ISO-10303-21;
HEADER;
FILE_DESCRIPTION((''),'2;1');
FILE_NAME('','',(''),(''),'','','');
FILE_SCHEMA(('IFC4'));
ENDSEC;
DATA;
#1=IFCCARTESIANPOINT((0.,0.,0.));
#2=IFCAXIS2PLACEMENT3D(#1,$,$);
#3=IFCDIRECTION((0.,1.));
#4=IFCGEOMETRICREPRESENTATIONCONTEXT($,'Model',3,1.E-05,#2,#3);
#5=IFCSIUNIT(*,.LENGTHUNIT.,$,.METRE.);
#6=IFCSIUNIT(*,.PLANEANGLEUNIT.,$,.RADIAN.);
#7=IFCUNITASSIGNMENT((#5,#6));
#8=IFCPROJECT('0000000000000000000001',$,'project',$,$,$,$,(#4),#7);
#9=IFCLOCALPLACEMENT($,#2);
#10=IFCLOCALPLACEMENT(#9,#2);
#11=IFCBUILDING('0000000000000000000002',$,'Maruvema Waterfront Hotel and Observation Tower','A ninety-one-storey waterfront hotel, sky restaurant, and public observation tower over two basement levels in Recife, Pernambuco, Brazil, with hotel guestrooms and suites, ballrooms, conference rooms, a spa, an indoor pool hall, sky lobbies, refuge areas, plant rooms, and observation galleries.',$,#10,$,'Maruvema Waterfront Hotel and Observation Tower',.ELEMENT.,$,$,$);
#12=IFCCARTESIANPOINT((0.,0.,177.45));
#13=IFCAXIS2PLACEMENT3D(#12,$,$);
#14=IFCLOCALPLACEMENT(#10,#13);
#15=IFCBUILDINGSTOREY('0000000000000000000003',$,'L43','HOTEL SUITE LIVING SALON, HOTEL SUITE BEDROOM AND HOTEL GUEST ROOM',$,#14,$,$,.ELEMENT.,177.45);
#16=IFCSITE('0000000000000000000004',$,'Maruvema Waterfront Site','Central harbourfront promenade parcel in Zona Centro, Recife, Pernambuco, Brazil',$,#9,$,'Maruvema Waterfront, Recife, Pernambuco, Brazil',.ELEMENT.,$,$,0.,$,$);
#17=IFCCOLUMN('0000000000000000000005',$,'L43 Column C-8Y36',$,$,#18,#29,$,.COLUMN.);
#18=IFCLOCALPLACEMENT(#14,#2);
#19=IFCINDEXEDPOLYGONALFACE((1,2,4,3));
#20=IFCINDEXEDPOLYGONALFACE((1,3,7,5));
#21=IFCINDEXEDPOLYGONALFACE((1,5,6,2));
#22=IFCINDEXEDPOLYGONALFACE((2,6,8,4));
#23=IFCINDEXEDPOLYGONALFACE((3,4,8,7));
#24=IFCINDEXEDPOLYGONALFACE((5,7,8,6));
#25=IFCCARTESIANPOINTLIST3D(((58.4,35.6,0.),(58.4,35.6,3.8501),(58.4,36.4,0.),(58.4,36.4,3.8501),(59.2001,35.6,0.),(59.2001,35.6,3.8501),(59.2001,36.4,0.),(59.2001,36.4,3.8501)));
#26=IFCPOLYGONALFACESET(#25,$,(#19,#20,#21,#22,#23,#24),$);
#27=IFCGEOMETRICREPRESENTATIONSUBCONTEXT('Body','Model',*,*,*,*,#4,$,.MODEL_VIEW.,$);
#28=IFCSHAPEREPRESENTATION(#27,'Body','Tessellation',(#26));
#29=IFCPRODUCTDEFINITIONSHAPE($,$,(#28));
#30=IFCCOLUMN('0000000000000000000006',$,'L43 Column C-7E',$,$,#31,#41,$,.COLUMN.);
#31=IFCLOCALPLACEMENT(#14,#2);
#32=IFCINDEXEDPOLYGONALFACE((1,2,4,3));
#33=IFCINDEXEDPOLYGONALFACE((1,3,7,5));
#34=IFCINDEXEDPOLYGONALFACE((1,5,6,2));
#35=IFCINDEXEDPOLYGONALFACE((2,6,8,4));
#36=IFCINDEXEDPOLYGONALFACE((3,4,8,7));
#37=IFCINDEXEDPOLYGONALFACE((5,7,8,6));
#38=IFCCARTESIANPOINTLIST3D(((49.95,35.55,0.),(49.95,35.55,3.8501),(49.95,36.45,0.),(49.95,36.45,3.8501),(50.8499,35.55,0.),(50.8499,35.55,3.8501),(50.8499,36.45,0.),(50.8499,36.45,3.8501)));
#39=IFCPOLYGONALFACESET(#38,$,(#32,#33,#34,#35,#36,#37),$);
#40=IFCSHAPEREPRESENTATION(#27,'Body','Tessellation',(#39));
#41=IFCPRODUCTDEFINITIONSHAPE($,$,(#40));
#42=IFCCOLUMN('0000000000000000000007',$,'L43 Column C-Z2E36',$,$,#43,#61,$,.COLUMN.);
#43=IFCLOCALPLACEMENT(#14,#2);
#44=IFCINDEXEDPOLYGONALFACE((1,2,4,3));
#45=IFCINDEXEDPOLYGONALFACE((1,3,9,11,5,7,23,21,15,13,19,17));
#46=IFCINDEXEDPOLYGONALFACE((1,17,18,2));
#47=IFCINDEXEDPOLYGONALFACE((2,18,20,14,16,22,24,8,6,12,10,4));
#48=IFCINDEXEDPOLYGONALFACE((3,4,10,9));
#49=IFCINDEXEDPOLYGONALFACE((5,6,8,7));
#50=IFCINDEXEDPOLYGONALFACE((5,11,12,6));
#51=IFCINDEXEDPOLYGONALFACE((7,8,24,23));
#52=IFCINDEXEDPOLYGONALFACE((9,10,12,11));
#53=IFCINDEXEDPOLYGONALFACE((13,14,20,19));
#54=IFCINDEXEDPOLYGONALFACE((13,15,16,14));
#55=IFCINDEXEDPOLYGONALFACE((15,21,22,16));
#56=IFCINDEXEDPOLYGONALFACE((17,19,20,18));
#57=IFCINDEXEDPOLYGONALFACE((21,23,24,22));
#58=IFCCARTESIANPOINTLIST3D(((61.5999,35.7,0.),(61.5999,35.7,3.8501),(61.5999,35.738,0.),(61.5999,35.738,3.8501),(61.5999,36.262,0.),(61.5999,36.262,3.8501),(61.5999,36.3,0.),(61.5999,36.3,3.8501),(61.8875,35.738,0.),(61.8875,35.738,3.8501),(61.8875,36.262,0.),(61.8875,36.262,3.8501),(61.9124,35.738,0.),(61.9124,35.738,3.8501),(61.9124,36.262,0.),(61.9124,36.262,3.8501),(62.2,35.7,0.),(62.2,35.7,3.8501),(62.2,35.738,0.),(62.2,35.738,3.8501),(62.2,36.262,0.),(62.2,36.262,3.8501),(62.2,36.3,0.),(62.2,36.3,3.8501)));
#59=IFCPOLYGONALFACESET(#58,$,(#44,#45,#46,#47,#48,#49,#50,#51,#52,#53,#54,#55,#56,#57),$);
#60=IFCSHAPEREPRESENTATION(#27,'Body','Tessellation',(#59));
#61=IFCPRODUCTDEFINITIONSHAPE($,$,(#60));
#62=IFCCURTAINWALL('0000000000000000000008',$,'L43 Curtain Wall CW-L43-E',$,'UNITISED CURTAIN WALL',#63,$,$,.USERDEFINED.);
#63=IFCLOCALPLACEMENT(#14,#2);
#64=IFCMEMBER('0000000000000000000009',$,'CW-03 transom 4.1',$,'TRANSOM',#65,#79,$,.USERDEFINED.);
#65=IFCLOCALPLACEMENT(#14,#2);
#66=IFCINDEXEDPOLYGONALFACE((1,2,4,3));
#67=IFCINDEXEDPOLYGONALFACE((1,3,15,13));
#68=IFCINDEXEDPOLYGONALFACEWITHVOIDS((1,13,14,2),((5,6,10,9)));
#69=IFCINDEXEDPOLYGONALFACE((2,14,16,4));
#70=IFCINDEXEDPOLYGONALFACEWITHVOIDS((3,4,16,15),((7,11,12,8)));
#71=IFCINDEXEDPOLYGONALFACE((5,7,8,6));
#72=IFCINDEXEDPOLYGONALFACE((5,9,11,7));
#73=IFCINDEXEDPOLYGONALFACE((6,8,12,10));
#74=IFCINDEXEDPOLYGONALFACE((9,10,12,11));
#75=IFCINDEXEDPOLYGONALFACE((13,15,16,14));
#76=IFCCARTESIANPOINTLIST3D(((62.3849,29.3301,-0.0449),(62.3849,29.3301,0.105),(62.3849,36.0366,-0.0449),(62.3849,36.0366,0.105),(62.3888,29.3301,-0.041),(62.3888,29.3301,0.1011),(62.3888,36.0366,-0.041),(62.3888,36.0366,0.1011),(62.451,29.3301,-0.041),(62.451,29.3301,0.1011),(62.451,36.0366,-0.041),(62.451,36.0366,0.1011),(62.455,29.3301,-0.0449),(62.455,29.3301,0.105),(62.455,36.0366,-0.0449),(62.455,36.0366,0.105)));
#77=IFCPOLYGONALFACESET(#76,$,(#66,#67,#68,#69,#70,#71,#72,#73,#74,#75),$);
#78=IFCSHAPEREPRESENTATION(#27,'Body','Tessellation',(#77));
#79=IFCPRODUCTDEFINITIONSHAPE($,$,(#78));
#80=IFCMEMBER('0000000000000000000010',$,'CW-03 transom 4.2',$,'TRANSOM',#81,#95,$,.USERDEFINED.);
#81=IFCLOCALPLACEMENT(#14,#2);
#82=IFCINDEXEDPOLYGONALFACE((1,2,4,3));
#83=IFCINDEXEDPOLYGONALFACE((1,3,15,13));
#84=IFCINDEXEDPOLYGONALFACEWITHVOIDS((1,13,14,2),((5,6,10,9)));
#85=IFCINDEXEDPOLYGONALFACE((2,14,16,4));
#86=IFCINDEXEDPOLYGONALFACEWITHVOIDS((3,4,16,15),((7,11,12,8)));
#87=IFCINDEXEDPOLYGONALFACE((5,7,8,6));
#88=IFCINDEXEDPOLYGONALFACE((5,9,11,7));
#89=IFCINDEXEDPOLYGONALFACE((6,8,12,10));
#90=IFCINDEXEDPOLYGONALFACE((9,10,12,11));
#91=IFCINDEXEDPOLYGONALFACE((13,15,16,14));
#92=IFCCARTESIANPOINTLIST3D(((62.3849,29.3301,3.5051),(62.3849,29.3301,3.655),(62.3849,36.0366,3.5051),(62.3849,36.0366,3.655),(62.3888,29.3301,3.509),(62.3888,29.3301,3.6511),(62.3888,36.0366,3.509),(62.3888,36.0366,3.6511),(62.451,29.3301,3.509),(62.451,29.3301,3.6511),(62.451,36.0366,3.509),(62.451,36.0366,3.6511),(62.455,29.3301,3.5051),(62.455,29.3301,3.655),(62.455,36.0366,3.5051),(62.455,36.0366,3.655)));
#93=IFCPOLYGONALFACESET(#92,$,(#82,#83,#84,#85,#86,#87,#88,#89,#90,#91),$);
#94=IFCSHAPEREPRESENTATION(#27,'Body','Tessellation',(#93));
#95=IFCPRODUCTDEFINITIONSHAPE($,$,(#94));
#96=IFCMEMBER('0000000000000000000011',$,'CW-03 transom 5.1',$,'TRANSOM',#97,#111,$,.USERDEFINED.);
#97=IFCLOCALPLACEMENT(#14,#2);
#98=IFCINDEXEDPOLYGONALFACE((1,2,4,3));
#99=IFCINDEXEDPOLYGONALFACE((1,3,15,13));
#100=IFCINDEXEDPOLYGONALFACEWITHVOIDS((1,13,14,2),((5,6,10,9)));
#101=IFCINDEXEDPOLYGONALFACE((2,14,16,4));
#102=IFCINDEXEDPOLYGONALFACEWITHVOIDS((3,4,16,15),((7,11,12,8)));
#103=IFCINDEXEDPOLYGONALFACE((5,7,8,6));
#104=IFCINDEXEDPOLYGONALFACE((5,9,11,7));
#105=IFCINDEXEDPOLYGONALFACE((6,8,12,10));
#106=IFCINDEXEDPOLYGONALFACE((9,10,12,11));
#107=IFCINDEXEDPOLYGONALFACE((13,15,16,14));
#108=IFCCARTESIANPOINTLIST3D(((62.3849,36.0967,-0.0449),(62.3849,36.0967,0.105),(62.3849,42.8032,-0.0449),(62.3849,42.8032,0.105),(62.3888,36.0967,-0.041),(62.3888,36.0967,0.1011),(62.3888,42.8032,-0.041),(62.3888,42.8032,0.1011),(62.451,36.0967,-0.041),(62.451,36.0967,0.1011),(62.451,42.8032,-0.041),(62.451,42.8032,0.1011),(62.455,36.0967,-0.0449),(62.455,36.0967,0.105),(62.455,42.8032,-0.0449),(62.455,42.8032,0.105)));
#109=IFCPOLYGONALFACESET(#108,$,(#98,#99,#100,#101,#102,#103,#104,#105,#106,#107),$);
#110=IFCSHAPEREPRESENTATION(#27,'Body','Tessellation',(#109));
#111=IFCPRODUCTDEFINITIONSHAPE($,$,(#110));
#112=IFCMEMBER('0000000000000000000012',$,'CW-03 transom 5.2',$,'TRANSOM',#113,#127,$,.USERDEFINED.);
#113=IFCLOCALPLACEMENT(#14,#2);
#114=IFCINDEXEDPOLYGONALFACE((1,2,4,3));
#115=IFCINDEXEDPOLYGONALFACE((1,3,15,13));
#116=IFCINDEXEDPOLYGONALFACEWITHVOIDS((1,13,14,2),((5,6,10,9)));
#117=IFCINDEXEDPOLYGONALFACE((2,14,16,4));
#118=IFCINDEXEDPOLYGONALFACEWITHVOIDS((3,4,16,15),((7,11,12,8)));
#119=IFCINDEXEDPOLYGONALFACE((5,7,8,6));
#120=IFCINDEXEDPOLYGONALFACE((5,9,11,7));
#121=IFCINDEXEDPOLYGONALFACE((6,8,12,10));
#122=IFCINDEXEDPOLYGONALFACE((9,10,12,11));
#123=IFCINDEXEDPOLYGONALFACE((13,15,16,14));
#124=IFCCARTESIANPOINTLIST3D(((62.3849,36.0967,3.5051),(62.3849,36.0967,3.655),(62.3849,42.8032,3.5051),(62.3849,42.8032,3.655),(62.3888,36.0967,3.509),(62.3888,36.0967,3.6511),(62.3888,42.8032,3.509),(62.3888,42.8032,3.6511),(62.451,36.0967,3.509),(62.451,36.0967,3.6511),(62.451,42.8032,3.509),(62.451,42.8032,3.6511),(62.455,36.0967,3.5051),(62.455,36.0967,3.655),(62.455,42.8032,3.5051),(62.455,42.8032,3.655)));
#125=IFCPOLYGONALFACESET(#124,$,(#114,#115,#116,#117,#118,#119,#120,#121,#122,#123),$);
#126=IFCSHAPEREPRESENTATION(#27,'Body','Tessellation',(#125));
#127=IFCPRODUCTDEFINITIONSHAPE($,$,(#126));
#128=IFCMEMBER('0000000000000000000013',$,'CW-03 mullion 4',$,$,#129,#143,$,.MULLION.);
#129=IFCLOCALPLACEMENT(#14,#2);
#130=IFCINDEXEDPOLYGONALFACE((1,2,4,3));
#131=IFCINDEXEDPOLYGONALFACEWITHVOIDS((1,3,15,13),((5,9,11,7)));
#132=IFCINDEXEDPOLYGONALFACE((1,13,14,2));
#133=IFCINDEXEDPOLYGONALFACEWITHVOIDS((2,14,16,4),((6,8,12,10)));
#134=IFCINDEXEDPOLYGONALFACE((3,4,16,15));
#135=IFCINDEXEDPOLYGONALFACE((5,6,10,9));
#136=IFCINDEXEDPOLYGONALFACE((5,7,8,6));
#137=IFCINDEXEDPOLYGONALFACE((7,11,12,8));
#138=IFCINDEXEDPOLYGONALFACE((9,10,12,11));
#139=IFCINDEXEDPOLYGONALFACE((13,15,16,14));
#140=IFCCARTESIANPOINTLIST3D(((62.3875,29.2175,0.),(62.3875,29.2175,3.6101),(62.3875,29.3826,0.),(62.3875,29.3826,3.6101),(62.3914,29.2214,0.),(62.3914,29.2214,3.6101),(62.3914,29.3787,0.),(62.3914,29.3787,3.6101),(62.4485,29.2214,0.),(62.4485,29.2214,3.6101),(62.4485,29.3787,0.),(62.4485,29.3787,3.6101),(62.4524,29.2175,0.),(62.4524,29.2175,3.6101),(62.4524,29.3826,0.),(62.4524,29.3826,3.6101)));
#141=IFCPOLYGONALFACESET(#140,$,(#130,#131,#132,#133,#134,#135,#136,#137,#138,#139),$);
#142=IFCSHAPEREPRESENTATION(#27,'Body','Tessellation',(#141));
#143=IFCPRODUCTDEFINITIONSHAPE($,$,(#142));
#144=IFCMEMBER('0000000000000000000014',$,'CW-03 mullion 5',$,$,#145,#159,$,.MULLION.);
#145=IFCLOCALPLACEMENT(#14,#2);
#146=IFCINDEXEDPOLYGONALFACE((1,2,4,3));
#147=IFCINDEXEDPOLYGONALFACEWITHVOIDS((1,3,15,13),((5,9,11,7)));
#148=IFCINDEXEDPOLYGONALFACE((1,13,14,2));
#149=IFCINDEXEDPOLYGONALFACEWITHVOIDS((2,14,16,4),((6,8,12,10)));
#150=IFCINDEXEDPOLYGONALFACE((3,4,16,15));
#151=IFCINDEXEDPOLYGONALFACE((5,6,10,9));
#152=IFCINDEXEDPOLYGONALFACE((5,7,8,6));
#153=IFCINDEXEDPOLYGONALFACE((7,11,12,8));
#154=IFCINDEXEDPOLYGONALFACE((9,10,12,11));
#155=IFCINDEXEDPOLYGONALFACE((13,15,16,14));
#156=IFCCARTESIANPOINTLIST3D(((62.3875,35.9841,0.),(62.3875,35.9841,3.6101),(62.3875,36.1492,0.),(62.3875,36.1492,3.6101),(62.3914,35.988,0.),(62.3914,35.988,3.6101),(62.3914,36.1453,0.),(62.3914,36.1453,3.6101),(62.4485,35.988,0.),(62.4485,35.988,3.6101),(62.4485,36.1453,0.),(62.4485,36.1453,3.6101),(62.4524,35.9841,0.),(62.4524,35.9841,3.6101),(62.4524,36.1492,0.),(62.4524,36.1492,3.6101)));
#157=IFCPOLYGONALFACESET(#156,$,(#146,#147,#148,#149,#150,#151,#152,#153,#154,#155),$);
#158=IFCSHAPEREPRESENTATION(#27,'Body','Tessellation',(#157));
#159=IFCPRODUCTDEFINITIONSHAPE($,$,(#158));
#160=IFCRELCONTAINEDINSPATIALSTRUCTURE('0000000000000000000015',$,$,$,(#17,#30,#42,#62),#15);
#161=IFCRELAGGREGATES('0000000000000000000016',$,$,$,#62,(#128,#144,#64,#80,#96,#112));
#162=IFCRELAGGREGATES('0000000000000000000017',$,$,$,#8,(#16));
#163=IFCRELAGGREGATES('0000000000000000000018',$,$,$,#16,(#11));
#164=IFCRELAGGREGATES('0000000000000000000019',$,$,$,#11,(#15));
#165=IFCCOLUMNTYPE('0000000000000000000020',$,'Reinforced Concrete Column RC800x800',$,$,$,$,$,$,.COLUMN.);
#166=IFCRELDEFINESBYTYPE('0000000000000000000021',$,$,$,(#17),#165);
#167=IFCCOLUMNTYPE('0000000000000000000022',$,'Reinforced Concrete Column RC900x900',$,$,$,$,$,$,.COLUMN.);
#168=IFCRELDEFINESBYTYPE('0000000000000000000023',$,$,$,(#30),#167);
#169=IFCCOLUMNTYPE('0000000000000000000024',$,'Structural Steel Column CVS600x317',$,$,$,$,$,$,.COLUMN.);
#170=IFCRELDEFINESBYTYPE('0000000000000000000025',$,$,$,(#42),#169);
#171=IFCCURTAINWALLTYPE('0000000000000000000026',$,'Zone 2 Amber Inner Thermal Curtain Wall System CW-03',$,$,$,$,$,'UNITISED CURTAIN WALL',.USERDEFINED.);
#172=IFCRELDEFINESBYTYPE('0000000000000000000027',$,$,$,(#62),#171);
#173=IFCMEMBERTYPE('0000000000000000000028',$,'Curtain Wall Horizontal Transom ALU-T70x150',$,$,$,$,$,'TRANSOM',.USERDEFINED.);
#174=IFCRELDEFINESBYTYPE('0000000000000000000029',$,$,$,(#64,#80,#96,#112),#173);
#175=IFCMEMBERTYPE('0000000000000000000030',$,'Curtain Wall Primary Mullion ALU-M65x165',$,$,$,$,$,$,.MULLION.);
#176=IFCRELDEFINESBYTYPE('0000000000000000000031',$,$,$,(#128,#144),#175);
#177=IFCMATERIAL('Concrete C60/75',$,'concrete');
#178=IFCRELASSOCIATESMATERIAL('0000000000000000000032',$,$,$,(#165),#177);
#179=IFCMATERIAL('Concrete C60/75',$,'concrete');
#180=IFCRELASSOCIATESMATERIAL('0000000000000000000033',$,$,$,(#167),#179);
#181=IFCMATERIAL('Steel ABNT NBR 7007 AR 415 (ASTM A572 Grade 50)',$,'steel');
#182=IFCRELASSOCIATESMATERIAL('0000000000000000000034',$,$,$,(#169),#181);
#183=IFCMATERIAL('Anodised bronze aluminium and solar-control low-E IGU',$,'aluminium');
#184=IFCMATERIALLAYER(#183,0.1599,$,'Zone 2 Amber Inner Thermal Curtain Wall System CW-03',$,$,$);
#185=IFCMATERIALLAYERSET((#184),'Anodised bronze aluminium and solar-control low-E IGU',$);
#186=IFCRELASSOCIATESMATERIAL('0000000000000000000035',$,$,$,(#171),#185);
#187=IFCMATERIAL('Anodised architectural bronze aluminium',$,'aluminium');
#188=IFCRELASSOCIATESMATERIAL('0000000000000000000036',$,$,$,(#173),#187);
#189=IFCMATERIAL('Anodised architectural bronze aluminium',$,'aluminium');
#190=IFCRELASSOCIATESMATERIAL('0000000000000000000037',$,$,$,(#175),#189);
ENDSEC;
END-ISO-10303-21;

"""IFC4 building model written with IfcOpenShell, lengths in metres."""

from ifc_helpers import new_model, si_unit, direction, frame, origin, origin_2d, place, context, subcontext, project, spatial, rectangle, hollow_rectangle, i_section, extrude, material, layer, layer_set, material_profile, profile_set, type_object, element, aggregate, save


model = new_model("IFC4")

# Units and contexts
model_context = context("Model", 3, precision=1e-05, world=origin(), true_north=direction((0.0, 1.0)))
body_context = subcontext(model_context, "Body", "Model", "MODEL_VIEW")
ifc_project = project(units=[si_unit("LENGTHUNIT", "METRE"), si_unit("PLANEANGLEUNIT", "RADIAN")], contexts=[model_context])

# Site, building, storey
site_placement = place(None, origin())
site = spatial("IfcSite", under=ifc_project, at=site_placement, Name="Maruvema Waterfront Site", Description="Central harbourfront promenade parcel in Zona Centro, Recife, Pernambuco, Brazil", LongName="Maruvema Waterfront, Recife, Pernambuco, Brazil", CompositionType="ELEMENT", RefElevation=0.0)
building_placement = place(site_placement, origin())
building = spatial("IfcBuilding", under=site, at=building_placement, Name="Maruvema Waterfront Hotel and Observation Tower", Description="A ninety-one-storey waterfront hotel, sky restaurant, and public observation tower over two basement levels in Recife, Pernambuco, Brazil, with hotel guestrooms and suites, ballrooms, conference rooms, a spa, an indoor pool hall, sky lobbies, refuge areas, plant rooms, and observation galleries.", LongName="Maruvema Waterfront Hotel and Observation Tower", CompositionType="ELEMENT")
storey_placement = place(building_placement, frame((0.0, 0.0, 177.45)))
storey = spatial("IfcBuildingStorey", under=building, at=storey_placement, Name="L43", Description="HOTEL SUITE LIVING SALON, HOTEL SUITE BEDROOM AND HOTEL GUEST ROOM", CompositionType="ELEMENT", Elevation=177.45)

# Columns
ifc_material_1 = material(Name="Concrete C60/75", Category="concrete")
ifc_material_profile_1 = material_profile(ifc_material_1, rectangle(XDim=0.8, YDim=0.8, at=origin_2d()), Name="RC800x800")
ifc_profile_set_1 = profile_set([ifc_material_profile_1], Name="Concrete C60/75")
column_type_1 = type_object("IfcColumnType", Name="Reinforced Concrete Column RC800x800", PredefinedType="COLUMN", material=ifc_profile_set_1)
column_1_placement = place(storey_placement, frame((58.8, 36.0, 0.0), z_axis=(0.0, 0.0, 1.0), x_axis=(1.0, 0.0, 0.0)))
element("IfcColumn", 1, at=column_1_placement, inside=storey, type_object=column_type_1, Name="L43 Column C-8Y36", PredefinedType="COLUMN", context=body_context, shape_type="SweptSolid", body=[
    extrude(rectangle(XDim=0.8, YDim=0.8, at=origin_2d()), origin(), (0.0, 0.0, 1.0), 3.8501),
])
ifc_material_2 = material(Name="Concrete C60/75", Category="concrete")
ifc_material_profile_2 = material_profile(ifc_material_2, rectangle(XDim=0.8999, YDim=0.8999, at=origin_2d()), Name="RC900x900")
ifc_profile_set_2 = profile_set([ifc_material_profile_2], Name="Concrete C60/75")
column_type_2 = type_object("IfcColumnType", Name="Reinforced Concrete Column RC900x900", PredefinedType="COLUMN", material=ifc_profile_set_2)
column_2_placement = place(storey_placement, frame((50.3999, 36.0, 0.0), z_axis=(0.0, 0.0, 1.0), x_axis=(1.0, 0.0, 0.0)))
element("IfcColumn", 2, at=column_2_placement, inside=storey, type_object=column_type_2, Name="L43 Column C-7E", PredefinedType="COLUMN", context=body_context, shape_type="SweptSolid", body=[
    extrude(rectangle(XDim=0.8999, YDim=0.8999, at=origin_2d()), origin(), (0.0, 0.0, 1.0), 3.8501),
])
ifc_material_3 = material(Name="Steel ABNT NBR 7007 AR 415 (ASTM A572 Grade 50)", Category="steel")
ifc_material_profile_3 = material_profile(ifc_material_3, i_section(OverallWidth=0.6001, OverallDepth=0.6001, WebThickness=0.0249, FlangeThickness=0.0381, at=origin_2d()), Name="CVS600x317")
ifc_profile_set_3 = profile_set([ifc_material_profile_3], Name="Steel ABNT NBR 7007 AR 415 (ASTM A572 Grade 50)")
column_type_3 = type_object("IfcColumnType", Name="Structural Steel Column CVS600x317", PredefinedType="COLUMN", material=ifc_profile_set_3)
column_3_placement = place(storey_placement, frame((61.8999, 36.0, 0.0), z_axis=(0.0, 0.0, 1.0), x_axis=(1.0, 0.0, 0.0)))
element("IfcColumn", 3, at=column_3_placement, inside=storey, type_object=column_type_3, Name="L43 Column C-Z2E36", PredefinedType="COLUMN", context=body_context, shape_type="SweptSolid", body=[
    extrude(i_section(OverallWidth=0.6001, OverallDepth=0.6001, WebThickness=0.0249, FlangeThickness=0.0381, at=origin_2d()), origin(), (0.0, 0.0, 1.0), 3.8501),
])

# Curtain wall, members
ifc_material_4 = material(Name="Anodised bronze aluminium and solar-control low-E IGU", Category="aluminium")
ifc_layer_1 = layer(ifc_material_4, 0.1599, Name="Zone 2 Amber Inner Thermal Curtain Wall System CW-03")
ifc_layer_set_1 = layer_set([ifc_layer_1], Name="Anodised bronze aluminium and solar-control low-E IGU")
curtain_wall_type = type_object("IfcCurtainWallType", Name="Zone 2 Amber Inner Thermal Curtain Wall System CW-03", ElementType="UNITISED CURTAIN WALL", PredefinedType="USERDEFINED", material=ifc_layer_set_1)
curtain_wall_placement = place(storey_placement, origin())
curtain_wall = element("IfcCurtainWall", 4, at=curtain_wall_placement, inside=storey, type_object=curtain_wall_type, Name="L43 Curtain Wall CW-L43-E", ObjectType="UNITISED CURTAIN WALL", PredefinedType="USERDEFINED")
ifc_material_5 = material(Name="Anodised architectural bronze aluminium", Category="aluminium")
ifc_material_profile_4 = material_profile(ifc_material_5, hollow_rectangle(XDim=0.0701, YDim=0.1499, WallThickness=0.0039, at=origin_2d()), Name="ALU-T70x150")
ifc_profile_set_4 = profile_set([ifc_material_profile_4], Name="Anodised architectural bronze aluminium")
member_type_1 = type_object("IfcMemberType", Name="Curtain Wall Horizontal Transom ALU-T70x150", ElementType="TRANSOM", PredefinedType="USERDEFINED", material=ifc_profile_set_4)
member_1_placement = place(storey_placement, frame((62.4199, 29.3301, 0.03), z_axis=(0.0, 1.0, 0.0), x_axis=(-1.0, 0.0, 0.0)))
member_1 = element("IfcMember", 5, at=member_1_placement, type_object=member_type_1, Name="CW-03 transom 4.1", ObjectType="TRANSOM", PredefinedType="USERDEFINED", context=body_context, shape_type="SweptSolid", body=[
    extrude(hollow_rectangle(XDim=0.0701, YDim=0.1499, WallThickness=0.0039, at=origin_2d()), origin(), (0.0, 0.0, 1.0), 6.7065),
])
member_2_placement = place(storey_placement, frame((62.4199, 29.3301, 3.5801), z_axis=(0.0, 1.0, 0.0), x_axis=(-1.0, 0.0, 0.0)))
member_2 = element("IfcMember", 6, at=member_2_placement, type_object=member_type_1, Name="CW-03 transom 4.2", ObjectType="TRANSOM", PredefinedType="USERDEFINED", context=body_context, shape_type="SweptSolid", body=[
    extrude(hollow_rectangle(XDim=0.0701, YDim=0.1499, WallThickness=0.0039, at=origin_2d()), origin(), (0.0, 0.0, 1.0), 6.7065),
])
member_3_placement = place(storey_placement, frame((62.4199, 36.0967, 0.03), z_axis=(0.0, 1.0, 0.0), x_axis=(-1.0, 0.0, 0.0)))
member_3 = element("IfcMember", 7, at=member_3_placement, type_object=member_type_1, Name="CW-03 transom 5.1", ObjectType="TRANSOM", PredefinedType="USERDEFINED", context=body_context, shape_type="SweptSolid", body=[
    extrude(hollow_rectangle(XDim=0.0701, YDim=0.1499, WallThickness=0.0039, at=origin_2d()), origin(), (0.0, 0.0, 1.0), 6.7065),
])
member_4_placement = place(storey_placement, frame((62.4199, 36.0967, 3.5801), z_axis=(0.0, 1.0, 0.0), x_axis=(-1.0, 0.0, 0.0)))
member_4 = element("IfcMember", 8, at=member_4_placement, type_object=member_type_1, Name="CW-03 transom 5.2", ObjectType="TRANSOM", PredefinedType="USERDEFINED", context=body_context, shape_type="SweptSolid", body=[
    extrude(hollow_rectangle(XDim=0.0701, YDim=0.1499, WallThickness=0.0039, at=origin_2d()), origin(), (0.0, 0.0, 1.0), 6.7065),
])
ifc_material_6 = material(Name="Anodised architectural bronze aluminium", Category="aluminium")
ifc_material_profile_5 = material_profile(ifc_material_6, hollow_rectangle(XDim=0.0649, YDim=0.165, WallThickness=0.0039, at=origin_2d()), Name="ALU-M65x165")
ifc_profile_set_5 = profile_set([ifc_material_profile_5], Name="Anodised architectural bronze aluminium")
member_type_2 = type_object("IfcMemberType", Name="Curtain Wall Primary Mullion ALU-M65x165", PredefinedType="MULLION", material=ifc_profile_set_5)
member_5_placement = place(storey_placement, frame((62.4199, 29.3, 0.0), z_axis=(0.0, 0.0, 1.0), x_axis=(-1.0, 0.0, 0.0)))
member_5 = element("IfcMember", 9, at=member_5_placement, type_object=member_type_2, Name="CW-03 mullion 4", PredefinedType="MULLION", context=body_context, shape_type="SweptSolid", body=[
    extrude(hollow_rectangle(XDim=0.0649, YDim=0.165, WallThickness=0.0039, at=origin_2d()), origin(), (0.0, 0.0, 1.0), 3.6101),
])
member_6_placement = place(storey_placement, frame((62.4199, 36.0667, 0.0), z_axis=(0.0, 0.0, 1.0), x_axis=(-1.0, 0.0, 0.0)))
member_6 = element("IfcMember", 10, at=member_6_placement, type_object=member_type_2, Name="CW-03 mullion 5", PredefinedType="MULLION", context=body_context, shape_type="SweptSolid", body=[
    extrude(hollow_rectangle(XDim=0.0649, YDim=0.165, WallThickness=0.0039, at=origin_2d()), origin(), (0.0, 0.0, 1.0), 3.6101),
])

aggregate(curtain_wall, [member_5, member_6, member_1, member_2, member_3, member_4])

save(model, "model.ifc")
